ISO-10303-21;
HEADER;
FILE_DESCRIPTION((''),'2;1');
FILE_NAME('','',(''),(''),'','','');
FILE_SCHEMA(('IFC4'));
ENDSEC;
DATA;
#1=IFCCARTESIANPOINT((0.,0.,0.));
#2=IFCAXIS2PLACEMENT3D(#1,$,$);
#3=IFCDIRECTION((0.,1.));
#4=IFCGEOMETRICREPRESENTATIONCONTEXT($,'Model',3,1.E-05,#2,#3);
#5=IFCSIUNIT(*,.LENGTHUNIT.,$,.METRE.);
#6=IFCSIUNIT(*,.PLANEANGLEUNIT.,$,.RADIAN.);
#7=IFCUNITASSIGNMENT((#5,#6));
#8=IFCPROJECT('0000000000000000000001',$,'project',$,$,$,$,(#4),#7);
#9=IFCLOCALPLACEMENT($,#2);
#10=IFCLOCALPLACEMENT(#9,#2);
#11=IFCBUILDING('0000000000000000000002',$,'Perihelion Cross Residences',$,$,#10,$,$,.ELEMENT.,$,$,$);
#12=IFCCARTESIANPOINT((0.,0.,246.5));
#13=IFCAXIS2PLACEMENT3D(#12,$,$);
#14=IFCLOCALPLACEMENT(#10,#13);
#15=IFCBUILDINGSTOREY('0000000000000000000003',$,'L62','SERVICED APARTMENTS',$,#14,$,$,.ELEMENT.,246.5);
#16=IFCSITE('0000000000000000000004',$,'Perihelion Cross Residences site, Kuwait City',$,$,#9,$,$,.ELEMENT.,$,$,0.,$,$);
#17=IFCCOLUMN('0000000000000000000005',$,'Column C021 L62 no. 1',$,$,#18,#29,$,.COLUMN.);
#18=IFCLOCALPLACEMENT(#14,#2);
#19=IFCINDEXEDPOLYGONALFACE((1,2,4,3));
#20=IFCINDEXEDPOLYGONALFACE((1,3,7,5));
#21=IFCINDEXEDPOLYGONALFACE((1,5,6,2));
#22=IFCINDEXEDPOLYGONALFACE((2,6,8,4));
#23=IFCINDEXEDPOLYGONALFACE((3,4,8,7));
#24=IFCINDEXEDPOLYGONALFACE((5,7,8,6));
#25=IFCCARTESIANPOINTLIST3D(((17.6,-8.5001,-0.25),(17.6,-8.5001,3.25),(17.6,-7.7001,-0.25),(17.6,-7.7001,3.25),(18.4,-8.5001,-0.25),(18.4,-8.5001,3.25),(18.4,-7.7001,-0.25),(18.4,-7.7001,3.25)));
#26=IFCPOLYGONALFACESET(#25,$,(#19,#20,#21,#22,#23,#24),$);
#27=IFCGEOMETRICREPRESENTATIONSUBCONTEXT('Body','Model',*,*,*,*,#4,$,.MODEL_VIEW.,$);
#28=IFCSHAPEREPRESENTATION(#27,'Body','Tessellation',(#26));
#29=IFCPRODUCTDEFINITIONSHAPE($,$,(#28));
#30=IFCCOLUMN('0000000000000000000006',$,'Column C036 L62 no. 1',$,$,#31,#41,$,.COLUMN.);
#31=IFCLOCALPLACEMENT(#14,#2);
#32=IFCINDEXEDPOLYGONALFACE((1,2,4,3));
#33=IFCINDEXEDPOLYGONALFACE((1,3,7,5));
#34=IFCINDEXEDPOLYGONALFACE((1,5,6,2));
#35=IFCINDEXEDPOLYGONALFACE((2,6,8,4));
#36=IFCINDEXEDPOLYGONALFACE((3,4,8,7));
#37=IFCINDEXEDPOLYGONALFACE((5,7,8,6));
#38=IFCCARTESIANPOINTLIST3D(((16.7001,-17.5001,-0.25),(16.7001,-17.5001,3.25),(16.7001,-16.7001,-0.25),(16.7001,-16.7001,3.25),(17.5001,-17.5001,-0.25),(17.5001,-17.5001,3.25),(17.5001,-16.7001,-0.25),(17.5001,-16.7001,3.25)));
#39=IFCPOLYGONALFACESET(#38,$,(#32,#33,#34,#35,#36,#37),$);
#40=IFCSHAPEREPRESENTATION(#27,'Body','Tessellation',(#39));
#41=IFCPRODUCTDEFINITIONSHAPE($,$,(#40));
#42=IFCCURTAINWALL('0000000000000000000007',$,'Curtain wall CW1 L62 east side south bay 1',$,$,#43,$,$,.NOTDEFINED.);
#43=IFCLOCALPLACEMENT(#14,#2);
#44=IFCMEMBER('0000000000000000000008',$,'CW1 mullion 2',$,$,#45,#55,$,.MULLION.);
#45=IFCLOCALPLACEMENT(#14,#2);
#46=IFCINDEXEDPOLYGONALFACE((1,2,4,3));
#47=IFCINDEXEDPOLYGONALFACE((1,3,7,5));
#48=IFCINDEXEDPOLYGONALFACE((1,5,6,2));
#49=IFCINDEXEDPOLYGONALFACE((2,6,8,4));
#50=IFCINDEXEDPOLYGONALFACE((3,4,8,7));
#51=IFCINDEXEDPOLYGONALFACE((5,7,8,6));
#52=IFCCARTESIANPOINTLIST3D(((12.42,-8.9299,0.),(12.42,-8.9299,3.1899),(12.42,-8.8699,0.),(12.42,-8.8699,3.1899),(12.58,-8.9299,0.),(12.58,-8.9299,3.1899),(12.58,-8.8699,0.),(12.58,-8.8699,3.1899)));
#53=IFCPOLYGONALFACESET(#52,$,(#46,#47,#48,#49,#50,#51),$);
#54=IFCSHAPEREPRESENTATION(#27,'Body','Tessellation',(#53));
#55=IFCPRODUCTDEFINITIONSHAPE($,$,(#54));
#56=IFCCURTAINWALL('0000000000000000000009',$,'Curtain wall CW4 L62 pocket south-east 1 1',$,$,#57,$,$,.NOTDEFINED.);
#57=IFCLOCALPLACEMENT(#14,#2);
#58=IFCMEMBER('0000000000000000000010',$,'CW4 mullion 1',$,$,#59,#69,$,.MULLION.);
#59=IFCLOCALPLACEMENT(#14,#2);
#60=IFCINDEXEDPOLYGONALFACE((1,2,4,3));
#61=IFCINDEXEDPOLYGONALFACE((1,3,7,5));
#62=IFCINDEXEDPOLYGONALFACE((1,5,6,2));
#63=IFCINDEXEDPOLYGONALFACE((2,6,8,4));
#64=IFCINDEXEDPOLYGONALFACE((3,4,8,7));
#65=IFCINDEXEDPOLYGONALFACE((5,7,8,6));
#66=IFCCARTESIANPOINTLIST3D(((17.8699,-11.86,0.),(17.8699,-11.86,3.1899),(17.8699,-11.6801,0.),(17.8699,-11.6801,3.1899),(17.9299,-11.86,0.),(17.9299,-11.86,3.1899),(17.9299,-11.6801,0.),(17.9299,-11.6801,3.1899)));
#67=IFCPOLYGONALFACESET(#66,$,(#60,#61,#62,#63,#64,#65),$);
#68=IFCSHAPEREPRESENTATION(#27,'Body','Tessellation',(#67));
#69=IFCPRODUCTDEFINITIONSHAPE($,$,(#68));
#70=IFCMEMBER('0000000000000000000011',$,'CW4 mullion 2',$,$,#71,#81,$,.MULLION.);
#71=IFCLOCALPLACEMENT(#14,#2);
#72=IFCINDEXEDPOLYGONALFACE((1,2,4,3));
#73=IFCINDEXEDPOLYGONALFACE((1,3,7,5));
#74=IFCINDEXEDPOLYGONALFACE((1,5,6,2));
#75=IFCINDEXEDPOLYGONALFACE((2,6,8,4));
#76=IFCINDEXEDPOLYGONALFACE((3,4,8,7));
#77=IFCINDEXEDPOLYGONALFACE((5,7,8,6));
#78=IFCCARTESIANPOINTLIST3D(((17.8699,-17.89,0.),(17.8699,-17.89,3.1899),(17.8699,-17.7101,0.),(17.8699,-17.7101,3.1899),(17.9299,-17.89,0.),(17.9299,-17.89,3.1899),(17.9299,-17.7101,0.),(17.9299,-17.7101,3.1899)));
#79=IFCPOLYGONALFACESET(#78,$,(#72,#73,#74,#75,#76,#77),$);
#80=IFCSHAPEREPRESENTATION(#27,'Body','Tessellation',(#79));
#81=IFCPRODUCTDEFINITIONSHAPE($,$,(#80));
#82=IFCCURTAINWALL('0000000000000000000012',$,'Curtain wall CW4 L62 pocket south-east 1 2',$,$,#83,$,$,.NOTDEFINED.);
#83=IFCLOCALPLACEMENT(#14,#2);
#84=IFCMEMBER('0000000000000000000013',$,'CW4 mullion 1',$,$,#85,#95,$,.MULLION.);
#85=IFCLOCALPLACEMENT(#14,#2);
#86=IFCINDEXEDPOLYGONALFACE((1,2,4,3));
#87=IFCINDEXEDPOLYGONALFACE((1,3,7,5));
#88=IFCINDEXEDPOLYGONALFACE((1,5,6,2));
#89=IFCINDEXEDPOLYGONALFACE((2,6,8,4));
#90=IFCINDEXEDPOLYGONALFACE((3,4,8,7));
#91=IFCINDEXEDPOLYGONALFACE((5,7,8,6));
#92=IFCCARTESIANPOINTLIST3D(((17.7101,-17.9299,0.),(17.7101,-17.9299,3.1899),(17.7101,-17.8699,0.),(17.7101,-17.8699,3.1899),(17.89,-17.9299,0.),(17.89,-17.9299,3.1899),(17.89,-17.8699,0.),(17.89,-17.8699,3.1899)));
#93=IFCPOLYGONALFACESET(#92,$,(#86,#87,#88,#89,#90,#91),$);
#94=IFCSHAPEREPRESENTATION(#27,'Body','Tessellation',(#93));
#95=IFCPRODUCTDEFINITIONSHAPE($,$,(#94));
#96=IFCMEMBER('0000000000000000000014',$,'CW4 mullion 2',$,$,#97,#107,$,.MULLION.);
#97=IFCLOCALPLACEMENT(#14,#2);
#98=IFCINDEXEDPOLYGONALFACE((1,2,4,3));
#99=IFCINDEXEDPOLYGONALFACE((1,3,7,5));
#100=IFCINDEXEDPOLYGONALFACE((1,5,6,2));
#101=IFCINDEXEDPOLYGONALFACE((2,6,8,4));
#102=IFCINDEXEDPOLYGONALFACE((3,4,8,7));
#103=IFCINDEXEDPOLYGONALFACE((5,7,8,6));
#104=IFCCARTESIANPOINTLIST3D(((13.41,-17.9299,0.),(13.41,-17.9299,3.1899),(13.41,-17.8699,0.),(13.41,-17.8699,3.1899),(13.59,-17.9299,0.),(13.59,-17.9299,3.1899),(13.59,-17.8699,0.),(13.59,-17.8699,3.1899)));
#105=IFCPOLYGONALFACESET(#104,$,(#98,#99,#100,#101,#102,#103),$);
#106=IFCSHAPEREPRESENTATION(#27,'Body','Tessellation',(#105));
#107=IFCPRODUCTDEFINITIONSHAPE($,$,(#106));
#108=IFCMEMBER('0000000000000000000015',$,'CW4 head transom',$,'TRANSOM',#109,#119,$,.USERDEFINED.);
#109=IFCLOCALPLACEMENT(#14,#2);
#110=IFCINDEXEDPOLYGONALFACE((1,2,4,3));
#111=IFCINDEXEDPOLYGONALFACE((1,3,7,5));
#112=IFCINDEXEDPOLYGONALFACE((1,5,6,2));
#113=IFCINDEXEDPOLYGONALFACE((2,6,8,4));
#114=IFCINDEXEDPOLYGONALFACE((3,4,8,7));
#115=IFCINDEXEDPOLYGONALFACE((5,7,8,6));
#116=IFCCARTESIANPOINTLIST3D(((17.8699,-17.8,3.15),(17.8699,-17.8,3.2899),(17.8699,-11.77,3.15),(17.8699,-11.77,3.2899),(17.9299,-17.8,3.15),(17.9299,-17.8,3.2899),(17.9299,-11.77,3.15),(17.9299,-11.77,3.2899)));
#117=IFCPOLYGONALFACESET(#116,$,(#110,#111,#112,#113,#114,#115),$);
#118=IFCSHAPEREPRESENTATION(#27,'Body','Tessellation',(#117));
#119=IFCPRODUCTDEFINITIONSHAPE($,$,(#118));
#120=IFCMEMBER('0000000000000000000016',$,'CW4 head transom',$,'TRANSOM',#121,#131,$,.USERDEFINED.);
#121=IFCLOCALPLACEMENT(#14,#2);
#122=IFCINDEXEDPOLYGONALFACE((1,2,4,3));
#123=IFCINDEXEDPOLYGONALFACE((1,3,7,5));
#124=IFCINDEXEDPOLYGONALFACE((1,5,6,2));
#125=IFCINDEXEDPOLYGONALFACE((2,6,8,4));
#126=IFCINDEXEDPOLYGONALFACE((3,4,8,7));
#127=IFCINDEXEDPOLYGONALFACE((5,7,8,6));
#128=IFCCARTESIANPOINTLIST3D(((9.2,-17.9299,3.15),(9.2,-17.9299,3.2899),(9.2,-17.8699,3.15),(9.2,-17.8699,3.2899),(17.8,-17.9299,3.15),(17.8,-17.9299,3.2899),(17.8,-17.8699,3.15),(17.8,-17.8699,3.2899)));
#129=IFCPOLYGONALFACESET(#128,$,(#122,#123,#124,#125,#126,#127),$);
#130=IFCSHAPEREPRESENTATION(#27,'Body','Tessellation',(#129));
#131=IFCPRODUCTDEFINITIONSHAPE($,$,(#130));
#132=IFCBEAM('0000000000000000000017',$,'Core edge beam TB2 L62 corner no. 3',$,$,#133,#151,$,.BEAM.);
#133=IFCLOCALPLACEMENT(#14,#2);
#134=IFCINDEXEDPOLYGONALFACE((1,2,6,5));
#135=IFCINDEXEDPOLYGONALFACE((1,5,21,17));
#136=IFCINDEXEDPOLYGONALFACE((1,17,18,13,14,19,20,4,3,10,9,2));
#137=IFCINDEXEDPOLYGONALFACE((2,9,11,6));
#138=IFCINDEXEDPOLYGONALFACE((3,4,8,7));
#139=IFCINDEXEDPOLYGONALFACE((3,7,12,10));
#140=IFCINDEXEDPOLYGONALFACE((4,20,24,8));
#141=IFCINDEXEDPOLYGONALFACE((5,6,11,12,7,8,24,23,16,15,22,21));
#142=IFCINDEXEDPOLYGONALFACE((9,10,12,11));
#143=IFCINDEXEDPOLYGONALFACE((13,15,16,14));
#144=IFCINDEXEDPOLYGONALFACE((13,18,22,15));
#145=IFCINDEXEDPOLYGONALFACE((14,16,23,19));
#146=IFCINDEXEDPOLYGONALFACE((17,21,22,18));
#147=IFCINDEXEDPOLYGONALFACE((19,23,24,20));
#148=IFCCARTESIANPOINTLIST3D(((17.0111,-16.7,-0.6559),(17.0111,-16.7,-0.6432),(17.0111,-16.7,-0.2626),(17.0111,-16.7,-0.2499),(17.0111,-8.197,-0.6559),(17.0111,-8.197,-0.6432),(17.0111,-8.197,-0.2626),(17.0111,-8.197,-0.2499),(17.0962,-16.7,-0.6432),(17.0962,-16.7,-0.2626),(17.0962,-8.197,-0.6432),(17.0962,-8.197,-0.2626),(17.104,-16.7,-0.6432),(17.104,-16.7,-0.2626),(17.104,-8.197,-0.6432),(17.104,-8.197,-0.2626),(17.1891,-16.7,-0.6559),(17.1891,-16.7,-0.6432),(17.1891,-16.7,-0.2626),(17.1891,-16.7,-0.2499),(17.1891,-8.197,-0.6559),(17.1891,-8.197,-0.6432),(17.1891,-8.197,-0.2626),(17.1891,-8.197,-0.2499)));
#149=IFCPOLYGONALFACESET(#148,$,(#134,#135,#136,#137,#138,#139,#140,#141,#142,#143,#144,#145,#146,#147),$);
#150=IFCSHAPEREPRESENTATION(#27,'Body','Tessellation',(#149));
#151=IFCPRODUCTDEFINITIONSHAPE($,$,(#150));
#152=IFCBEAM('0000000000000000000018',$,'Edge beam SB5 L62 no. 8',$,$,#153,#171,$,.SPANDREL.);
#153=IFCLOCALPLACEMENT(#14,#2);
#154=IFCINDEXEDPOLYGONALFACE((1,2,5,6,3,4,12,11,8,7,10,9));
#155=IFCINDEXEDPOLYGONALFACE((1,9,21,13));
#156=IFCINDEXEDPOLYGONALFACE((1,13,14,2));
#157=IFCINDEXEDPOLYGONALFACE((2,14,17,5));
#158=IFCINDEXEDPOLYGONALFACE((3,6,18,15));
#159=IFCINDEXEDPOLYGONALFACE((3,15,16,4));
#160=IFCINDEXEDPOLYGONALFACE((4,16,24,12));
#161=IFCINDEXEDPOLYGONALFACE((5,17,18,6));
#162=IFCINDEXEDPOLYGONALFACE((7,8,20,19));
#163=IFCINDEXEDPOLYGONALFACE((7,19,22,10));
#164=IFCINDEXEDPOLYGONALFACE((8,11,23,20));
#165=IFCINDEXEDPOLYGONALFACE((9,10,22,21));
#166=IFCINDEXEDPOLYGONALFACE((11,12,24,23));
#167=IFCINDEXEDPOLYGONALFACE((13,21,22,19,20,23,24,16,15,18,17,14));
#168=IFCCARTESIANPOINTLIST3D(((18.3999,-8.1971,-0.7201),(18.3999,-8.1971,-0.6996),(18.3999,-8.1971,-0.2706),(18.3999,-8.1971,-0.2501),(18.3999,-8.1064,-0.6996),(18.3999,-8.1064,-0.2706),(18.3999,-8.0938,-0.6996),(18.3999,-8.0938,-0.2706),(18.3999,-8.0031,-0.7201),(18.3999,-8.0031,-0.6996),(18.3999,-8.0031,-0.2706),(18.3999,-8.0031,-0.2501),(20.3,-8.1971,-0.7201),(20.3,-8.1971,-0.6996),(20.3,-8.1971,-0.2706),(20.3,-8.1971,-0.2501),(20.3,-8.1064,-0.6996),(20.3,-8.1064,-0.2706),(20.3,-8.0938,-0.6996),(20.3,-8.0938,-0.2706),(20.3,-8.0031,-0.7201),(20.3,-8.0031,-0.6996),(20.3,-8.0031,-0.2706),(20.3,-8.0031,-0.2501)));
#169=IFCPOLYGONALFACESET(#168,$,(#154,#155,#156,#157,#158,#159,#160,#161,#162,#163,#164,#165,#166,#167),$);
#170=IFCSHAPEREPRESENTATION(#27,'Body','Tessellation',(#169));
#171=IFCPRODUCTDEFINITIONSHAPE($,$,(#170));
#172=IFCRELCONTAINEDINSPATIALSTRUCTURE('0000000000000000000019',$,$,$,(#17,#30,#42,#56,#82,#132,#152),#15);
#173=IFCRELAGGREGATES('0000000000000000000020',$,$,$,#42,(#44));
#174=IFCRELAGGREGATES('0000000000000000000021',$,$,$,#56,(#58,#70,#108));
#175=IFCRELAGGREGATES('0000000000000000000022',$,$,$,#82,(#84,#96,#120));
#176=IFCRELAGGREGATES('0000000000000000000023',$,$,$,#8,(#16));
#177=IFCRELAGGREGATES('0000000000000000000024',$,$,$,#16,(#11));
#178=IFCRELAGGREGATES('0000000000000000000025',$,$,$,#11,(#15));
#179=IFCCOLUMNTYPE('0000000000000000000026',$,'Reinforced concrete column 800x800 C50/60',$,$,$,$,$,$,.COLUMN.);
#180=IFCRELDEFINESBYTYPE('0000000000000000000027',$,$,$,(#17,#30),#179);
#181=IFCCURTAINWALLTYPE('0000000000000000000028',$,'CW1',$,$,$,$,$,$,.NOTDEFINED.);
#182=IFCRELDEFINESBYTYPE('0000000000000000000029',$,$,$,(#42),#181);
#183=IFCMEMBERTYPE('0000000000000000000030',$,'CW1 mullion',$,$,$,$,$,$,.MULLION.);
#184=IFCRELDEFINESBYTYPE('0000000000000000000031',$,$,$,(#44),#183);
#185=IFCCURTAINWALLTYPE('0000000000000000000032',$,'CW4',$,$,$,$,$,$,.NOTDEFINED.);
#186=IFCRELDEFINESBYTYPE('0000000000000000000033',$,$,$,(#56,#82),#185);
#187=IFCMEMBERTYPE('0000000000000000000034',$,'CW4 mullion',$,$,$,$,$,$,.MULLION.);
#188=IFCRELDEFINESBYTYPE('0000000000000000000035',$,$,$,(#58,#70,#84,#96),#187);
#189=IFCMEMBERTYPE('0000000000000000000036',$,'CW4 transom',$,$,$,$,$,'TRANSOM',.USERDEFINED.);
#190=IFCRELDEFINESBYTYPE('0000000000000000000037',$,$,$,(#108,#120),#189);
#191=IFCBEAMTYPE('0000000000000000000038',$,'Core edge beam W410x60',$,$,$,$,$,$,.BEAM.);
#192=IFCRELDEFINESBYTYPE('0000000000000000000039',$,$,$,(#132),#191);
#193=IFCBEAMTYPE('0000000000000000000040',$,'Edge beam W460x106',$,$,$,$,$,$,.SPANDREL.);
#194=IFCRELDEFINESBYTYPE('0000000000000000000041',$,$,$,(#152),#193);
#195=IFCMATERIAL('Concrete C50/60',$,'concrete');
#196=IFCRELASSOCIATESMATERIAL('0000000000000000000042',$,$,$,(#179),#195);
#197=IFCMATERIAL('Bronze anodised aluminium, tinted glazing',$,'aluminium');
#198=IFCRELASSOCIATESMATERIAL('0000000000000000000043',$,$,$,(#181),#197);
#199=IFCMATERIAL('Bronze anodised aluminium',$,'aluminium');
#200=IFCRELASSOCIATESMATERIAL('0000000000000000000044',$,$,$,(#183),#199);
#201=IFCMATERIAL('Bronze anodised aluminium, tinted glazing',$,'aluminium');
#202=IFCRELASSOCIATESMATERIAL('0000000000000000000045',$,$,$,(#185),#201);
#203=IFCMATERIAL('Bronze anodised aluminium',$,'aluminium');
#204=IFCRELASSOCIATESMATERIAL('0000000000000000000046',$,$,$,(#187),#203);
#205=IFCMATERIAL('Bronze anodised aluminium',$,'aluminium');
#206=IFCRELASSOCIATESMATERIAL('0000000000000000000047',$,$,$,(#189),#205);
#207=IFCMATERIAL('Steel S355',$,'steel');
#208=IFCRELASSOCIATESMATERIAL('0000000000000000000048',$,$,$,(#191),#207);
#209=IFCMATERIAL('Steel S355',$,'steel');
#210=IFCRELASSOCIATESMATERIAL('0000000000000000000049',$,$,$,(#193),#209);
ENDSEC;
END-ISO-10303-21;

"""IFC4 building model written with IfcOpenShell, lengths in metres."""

from ifc_helpers import new_model, si_unit, direction, frame, origin, origin_2d, place, context, subcontext, project, spatial, rectangle, i_section, extrude, material, material_profile, profile_set, type_object, element, aggregate, save


model = new_model("IFC4")

# Units and contexts
model_context = context("Model", 3, precision=1e-05, world=origin(), true_north=direction((0.0, 1.0)))
body_context = subcontext(model_context, "Body", "Model", "MODEL_VIEW")
ifc_project = project(units=[si_unit("LENGTHUNIT", "METRE"), si_unit("PLANEANGLEUNIT", "RADIAN")], contexts=[model_context])

# Site, building, storey
site_placement = place(None, origin())
site = spatial("IfcSite", under=ifc_project, at=site_placement, Name="Perihelion Cross Residences site, Kuwait City", CompositionType="ELEMENT", RefElevation=0.0)
building_placement = place(site_placement, origin())
building = spatial("IfcBuilding", under=site, at=building_placement, Name="Perihelion Cross Residences", CompositionType="ELEMENT")
storey_placement = place(building_placement, frame((0.0, 0.0, 246.5)))
storey = spatial("IfcBuildingStorey", under=building, at=storey_placement, Name="L62", Description="SERVICED APARTMENTS", CompositionType="ELEMENT", Elevation=246.5)

# Columns
ifc_material_1 = material(Name="Concrete C50/60", Category="concrete")
ifc_material_profile_1 = material_profile(ifc_material_1, rectangle(XDim=0.8, YDim=0.8, at=origin_2d()), Name="RC 800x800")
ifc_profile_set_1 = profile_set([ifc_material_profile_1], Name="Concrete C50/60")
column_type = type_object("IfcColumnType", Name="Reinforced concrete column 800x800 C50/60", PredefinedType="COLUMN", material=ifc_profile_set_1)
for number, where, z_axis, x_axis, name in (
    (1, (18.0, -8.1001, -0.25), (0.0, 0.0, 1.0), (1.0, 0.0, 0.0), "Column C021 L62 no. 1"),
    (2, (17.1001, -17.1001, -0.25), (0.0, 0.0, 1.0), (1.0, 0.0, 0.0), "Column C036 L62 no. 1"),
):
    element("IfcColumn", number, at=place(storey_placement, frame(where, z_axis=z_axis, x_axis=x_axis)), inside=storey, type_object=column_type, Name=name, PredefinedType="COLUMN", context=body_context, shape_type="SweptSolid", body=[
        extrude(rectangle(XDim=0.8, YDim=0.8, at=origin_2d()), origin(), (0.0, 0.0, 1.0), 3.5),
    ])

# Curtain wall, member
ifc_material_2 = material(Name="Bronze anodised aluminium, tinted glazing", Category="aluminium")
curtain_wall_type_1 = type_object("IfcCurtainWallType", Name="CW1", PredefinedType="NOTDEFINED", material=ifc_material_2)
curtain_wall_1_placement = place(storey_placement, origin())
curtain_wall_1 = element("IfcCurtainWall", 3, at=curtain_wall_1_placement, inside=storey, type_object=curtain_wall_type_1, Name="Curtain wall CW1 L62 east side south bay 1", PredefinedType="NOTDEFINED")
ifc_material_3 = material(Name="Bronze anodised aluminium", Category="aluminium")
ifc_material_profile_2 = material_profile(ifc_material_3, rectangle(XDim=0.0601, YDim=0.1599, at=origin_2d()), Name="CW1 mullion")
ifc_profile_set_2 = profile_set([ifc_material_profile_2], Name="Bronze anodised aluminium")
member_type_1 = type_object("IfcMemberType", Name="CW1 mullion", PredefinedType="MULLION", material=ifc_profile_set_2)
member_1_placement = place(storey_placement, frame((12.5, -8.8999, 0.0), z_axis=(0.0, 0.0, 1.0), x_axis=(0.0, 1.0, 0.0)))
member_1 = element("IfcMember", 4, at=member_1_placement, type_object=member_type_1, Name="CW1 mullion 2", PredefinedType="MULLION", context=body_context, shape_type="SweptSolid", body=[
    extrude(rectangle(XDim=0.0601, YDim=0.1599, at=origin_2d()), origin(), (0.0, 0.0, 1.0), 3.1899),
])

# Curtain walls, members
ifc_material_4 = material(Name="Bronze anodised aluminium, tinted glazing", Category="aluminium")
curtain_wall_type_2 = type_object("IfcCurtainWallType", Name="CW4", PredefinedType="NOTDEFINED", material=ifc_material_4)
curtain_wall_2_placement = place(storey_placement, origin())
curtain_wall_2 = element("IfcCurtainWall", 5, at=curtain_wall_2_placement, inside=storey, type_object=curtain_wall_type_2, Name="Curtain wall CW4 L62 pocket south-east 1 1", PredefinedType="NOTDEFINED")
ifc_material_5 = material(Name="Bronze anodised aluminium", Category="aluminium")
ifc_material_profile_3 = material_profile(ifc_material_5, rectangle(XDim=0.0601, YDim=0.1799, at=origin_2d()), Name="CW4 mullion")
ifc_profile_set_3 = profile_set([ifc_material_profile_3], Name="Bronze anodised aluminium")
member_type_2 = type_object("IfcMemberType", Name="CW4 mullion", PredefinedType="MULLION", material=ifc_profile_set_3)
member_2_placement = place(storey_placement, frame((17.8999, -11.77, 0.0), z_axis=(0.0, 0.0, 1.0), x_axis=(1.0, 0.0, 0.0)))
member_2 = element("IfcMember", 6, at=member_2_placement, type_object=member_type_2, Name="CW4 mullion 1", PredefinedType="MULLION", context=body_context, shape_type="SweptSolid", body=[
    extrude(rectangle(XDim=0.0601, YDim=0.1799, at=origin_2d()), origin(), (0.0, 0.0, 1.0), 3.1899),
])
member_3_placement = place(storey_placement, frame((17.8999, -17.8, 0.0), z_axis=(0.0, 0.0, 1.0), x_axis=(1.0, 0.0, 0.0)))
member_3 = element("IfcMember", 7, at=member_3_placement, type_object=member_type_2, Name="CW4 mullion 2", PredefinedType="MULLION", context=body_context, shape_type="SweptSolid", body=[
    extrude(rectangle(XDim=0.0601, YDim=0.1799, at=origin_2d()), origin(), (0.0, 0.0, 1.0), 3.1899),
])
curtain_wall_3_placement = place(storey_placement, origin())
curtain_wall_3 = element("IfcCurtainWall", 8, at=curtain_wall_3_placement, inside=storey, type_object=curtain_wall_type_2, Name="Curtain wall CW4 L62 pocket south-east 1 2", PredefinedType="NOTDEFINED")
member_4_placement = place(storey_placement, frame((17.8, -17.8999, 0.0), z_axis=(0.0, 0.0, 1.0), x_axis=(0.0, -1.0, 0.0)))
member_4 = element("IfcMember", 9, at=member_4_placement, type_object=member_type_2, Name="CW4 mullion 1", PredefinedType="MULLION", context=body_context, shape_type="SweptSolid", body=[
    extrude(rectangle(XDim=0.0601, YDim=0.1799, at=origin_2d()), origin(), (0.0, 0.0, 1.0), 3.1899),
])
member_5_placement = place(storey_placement, frame((13.5, -17.8999, 0.0), z_axis=(0.0, 0.0, 1.0), x_axis=(0.0, -1.0, 0.0)))
member_5 = element("IfcMember", 10, at=member_5_placement, type_object=member_type_2, Name="CW4 mullion 2", PredefinedType="MULLION", context=body_context, shape_type="SweptSolid", body=[
    extrude(rectangle(XDim=0.0601, YDim=0.1799, at=origin_2d()), origin(), (0.0, 0.0, 1.0), 3.1899),
])

# Members
ifc_material_6 = material(Name="Bronze anodised aluminium", Category="aluminium")
ifc_material_profile_4 = material_profile(ifc_material_6, rectangle(XDim=0.0601, YDim=0.1399, at=origin_2d()), Name="CW4 transom")
ifc_profile_set_4 = profile_set([ifc_material_profile_4], Name="Bronze anodised aluminium")
member_type_3 = type_object("IfcMemberType", Name="CW4 transom", ElementType="TRANSOM", PredefinedType="USERDEFINED", material=ifc_profile_set_4)
member_6_placement = place(storey_placement, frame((17.8999, -11.77, 3.22), z_axis=(0.0, -1.0, 0.0), x_axis=(1.0, 0.0, 0.0)))
member_6 = element("IfcMember", 11, at=member_6_placement, type_object=member_type_3, Name="CW4 head transom", ObjectType="TRANSOM", PredefinedType="USERDEFINED", context=body_context, shape_type="SweptSolid", body=[
    extrude(rectangle(XDim=0.0601, YDim=0.1399, at=origin_2d()), origin(), (0.0, 0.0, 1.0), 6.03),
])
member_7_placement = place(storey_placement, frame((17.8, -17.8999, 3.22), z_axis=(-1.0, 0.0, 0.0), x_axis=(0.0, -1.0, 0.0)))
member_7 = element("IfcMember", 12, at=member_7_placement, type_object=member_type_3, Name="CW4 head transom", ObjectType="TRANSOM", PredefinedType="USERDEFINED", context=body_context, shape_type="SweptSolid", body=[
    extrude(rectangle(XDim=0.0601, YDim=0.1399, at=origin_2d()), origin(), (0.0, 0.0, 1.0), 8.6001),
])

# Beams
ifc_material_7 = material(Name="Steel S355", Category="steel")
ifc_material_profile_5 = material_profile(ifc_material_7, i_section(OverallWidth=0.178, OverallDepth=0.406, WebThickness=0.0078, FlangeThickness=0.0127, at=origin_2d()), Name="W410x60")
ifc_profile_set_5 = profile_set([ifc_material_profile_5], Name="Steel S355")
beam_type_1 = type_object("IfcBeamType", Name="Core edge beam W410x60", PredefinedType="BEAM", material=ifc_profile_set_5)
beam_1_placement = place(storey_placement, frame((17.1001, -8.197, -0.4529), z_axis=(0.0, -1.0, 0.0), x_axis=(1.0, 0.0, 0.0)))
element("IfcBeam", 13, at=beam_1_placement, inside=storey, type_object=beam_type_1, Name="Core edge beam TB2 L62 corner no. 3", PredefinedType="BEAM", context=body_context, shape_type="SweptSolid", body=[
    extrude(i_section(OverallWidth=0.178, OverallDepth=0.406, WebThickness=0.0078, FlangeThickness=0.0127, at=origin_2d()), origin(), (0.0, 0.0, 1.0), 8.5029),
])
ifc_material_8 = material(Name="Steel S355", Category="steel")
ifc_material_profile_6 = material_profile(ifc_material_8, i_section(OverallWidth=0.1941, OverallDepth=0.47, WebThickness=0.0127, FlangeThickness=0.0205, at=origin_2d()), Name="W460x106")
ifc_profile_set_6 = profile_set([ifc_material_profile_6], Name="Steel S355")
beam_type_2 = type_object("IfcBeamType", Name="Edge beam W460x106", PredefinedType="SPANDREL", material=ifc_profile_set_6)
beam_2_placement = place(storey_placement, frame((18.3999, -8.1001, -0.4851), z_axis=(1.0, 0.0, 0.0), x_axis=(0.0, 1.0, 0.0)))
element("IfcBeam", 14, at=beam_2_placement, inside=storey, type_object=beam_type_2, Name="Edge beam SB5 L62 no. 8", PredefinedType="SPANDREL", context=body_context, shape_type="SweptSolid", body=[
    extrude(i_section(OverallWidth=0.1941, OverallDepth=0.47, WebThickness=0.0127, FlangeThickness=0.0205, at=origin_2d()), origin(), (0.0, 0.0, 1.0), 1.9001),
])

aggregate(curtain_wall_1, [member_1])
aggregate(curtain_wall_2, [member_2, member_3, member_6])
aggregate(curtain_wall_3, [member_4, member_5, member_7])

save(model, "model.ifc")
